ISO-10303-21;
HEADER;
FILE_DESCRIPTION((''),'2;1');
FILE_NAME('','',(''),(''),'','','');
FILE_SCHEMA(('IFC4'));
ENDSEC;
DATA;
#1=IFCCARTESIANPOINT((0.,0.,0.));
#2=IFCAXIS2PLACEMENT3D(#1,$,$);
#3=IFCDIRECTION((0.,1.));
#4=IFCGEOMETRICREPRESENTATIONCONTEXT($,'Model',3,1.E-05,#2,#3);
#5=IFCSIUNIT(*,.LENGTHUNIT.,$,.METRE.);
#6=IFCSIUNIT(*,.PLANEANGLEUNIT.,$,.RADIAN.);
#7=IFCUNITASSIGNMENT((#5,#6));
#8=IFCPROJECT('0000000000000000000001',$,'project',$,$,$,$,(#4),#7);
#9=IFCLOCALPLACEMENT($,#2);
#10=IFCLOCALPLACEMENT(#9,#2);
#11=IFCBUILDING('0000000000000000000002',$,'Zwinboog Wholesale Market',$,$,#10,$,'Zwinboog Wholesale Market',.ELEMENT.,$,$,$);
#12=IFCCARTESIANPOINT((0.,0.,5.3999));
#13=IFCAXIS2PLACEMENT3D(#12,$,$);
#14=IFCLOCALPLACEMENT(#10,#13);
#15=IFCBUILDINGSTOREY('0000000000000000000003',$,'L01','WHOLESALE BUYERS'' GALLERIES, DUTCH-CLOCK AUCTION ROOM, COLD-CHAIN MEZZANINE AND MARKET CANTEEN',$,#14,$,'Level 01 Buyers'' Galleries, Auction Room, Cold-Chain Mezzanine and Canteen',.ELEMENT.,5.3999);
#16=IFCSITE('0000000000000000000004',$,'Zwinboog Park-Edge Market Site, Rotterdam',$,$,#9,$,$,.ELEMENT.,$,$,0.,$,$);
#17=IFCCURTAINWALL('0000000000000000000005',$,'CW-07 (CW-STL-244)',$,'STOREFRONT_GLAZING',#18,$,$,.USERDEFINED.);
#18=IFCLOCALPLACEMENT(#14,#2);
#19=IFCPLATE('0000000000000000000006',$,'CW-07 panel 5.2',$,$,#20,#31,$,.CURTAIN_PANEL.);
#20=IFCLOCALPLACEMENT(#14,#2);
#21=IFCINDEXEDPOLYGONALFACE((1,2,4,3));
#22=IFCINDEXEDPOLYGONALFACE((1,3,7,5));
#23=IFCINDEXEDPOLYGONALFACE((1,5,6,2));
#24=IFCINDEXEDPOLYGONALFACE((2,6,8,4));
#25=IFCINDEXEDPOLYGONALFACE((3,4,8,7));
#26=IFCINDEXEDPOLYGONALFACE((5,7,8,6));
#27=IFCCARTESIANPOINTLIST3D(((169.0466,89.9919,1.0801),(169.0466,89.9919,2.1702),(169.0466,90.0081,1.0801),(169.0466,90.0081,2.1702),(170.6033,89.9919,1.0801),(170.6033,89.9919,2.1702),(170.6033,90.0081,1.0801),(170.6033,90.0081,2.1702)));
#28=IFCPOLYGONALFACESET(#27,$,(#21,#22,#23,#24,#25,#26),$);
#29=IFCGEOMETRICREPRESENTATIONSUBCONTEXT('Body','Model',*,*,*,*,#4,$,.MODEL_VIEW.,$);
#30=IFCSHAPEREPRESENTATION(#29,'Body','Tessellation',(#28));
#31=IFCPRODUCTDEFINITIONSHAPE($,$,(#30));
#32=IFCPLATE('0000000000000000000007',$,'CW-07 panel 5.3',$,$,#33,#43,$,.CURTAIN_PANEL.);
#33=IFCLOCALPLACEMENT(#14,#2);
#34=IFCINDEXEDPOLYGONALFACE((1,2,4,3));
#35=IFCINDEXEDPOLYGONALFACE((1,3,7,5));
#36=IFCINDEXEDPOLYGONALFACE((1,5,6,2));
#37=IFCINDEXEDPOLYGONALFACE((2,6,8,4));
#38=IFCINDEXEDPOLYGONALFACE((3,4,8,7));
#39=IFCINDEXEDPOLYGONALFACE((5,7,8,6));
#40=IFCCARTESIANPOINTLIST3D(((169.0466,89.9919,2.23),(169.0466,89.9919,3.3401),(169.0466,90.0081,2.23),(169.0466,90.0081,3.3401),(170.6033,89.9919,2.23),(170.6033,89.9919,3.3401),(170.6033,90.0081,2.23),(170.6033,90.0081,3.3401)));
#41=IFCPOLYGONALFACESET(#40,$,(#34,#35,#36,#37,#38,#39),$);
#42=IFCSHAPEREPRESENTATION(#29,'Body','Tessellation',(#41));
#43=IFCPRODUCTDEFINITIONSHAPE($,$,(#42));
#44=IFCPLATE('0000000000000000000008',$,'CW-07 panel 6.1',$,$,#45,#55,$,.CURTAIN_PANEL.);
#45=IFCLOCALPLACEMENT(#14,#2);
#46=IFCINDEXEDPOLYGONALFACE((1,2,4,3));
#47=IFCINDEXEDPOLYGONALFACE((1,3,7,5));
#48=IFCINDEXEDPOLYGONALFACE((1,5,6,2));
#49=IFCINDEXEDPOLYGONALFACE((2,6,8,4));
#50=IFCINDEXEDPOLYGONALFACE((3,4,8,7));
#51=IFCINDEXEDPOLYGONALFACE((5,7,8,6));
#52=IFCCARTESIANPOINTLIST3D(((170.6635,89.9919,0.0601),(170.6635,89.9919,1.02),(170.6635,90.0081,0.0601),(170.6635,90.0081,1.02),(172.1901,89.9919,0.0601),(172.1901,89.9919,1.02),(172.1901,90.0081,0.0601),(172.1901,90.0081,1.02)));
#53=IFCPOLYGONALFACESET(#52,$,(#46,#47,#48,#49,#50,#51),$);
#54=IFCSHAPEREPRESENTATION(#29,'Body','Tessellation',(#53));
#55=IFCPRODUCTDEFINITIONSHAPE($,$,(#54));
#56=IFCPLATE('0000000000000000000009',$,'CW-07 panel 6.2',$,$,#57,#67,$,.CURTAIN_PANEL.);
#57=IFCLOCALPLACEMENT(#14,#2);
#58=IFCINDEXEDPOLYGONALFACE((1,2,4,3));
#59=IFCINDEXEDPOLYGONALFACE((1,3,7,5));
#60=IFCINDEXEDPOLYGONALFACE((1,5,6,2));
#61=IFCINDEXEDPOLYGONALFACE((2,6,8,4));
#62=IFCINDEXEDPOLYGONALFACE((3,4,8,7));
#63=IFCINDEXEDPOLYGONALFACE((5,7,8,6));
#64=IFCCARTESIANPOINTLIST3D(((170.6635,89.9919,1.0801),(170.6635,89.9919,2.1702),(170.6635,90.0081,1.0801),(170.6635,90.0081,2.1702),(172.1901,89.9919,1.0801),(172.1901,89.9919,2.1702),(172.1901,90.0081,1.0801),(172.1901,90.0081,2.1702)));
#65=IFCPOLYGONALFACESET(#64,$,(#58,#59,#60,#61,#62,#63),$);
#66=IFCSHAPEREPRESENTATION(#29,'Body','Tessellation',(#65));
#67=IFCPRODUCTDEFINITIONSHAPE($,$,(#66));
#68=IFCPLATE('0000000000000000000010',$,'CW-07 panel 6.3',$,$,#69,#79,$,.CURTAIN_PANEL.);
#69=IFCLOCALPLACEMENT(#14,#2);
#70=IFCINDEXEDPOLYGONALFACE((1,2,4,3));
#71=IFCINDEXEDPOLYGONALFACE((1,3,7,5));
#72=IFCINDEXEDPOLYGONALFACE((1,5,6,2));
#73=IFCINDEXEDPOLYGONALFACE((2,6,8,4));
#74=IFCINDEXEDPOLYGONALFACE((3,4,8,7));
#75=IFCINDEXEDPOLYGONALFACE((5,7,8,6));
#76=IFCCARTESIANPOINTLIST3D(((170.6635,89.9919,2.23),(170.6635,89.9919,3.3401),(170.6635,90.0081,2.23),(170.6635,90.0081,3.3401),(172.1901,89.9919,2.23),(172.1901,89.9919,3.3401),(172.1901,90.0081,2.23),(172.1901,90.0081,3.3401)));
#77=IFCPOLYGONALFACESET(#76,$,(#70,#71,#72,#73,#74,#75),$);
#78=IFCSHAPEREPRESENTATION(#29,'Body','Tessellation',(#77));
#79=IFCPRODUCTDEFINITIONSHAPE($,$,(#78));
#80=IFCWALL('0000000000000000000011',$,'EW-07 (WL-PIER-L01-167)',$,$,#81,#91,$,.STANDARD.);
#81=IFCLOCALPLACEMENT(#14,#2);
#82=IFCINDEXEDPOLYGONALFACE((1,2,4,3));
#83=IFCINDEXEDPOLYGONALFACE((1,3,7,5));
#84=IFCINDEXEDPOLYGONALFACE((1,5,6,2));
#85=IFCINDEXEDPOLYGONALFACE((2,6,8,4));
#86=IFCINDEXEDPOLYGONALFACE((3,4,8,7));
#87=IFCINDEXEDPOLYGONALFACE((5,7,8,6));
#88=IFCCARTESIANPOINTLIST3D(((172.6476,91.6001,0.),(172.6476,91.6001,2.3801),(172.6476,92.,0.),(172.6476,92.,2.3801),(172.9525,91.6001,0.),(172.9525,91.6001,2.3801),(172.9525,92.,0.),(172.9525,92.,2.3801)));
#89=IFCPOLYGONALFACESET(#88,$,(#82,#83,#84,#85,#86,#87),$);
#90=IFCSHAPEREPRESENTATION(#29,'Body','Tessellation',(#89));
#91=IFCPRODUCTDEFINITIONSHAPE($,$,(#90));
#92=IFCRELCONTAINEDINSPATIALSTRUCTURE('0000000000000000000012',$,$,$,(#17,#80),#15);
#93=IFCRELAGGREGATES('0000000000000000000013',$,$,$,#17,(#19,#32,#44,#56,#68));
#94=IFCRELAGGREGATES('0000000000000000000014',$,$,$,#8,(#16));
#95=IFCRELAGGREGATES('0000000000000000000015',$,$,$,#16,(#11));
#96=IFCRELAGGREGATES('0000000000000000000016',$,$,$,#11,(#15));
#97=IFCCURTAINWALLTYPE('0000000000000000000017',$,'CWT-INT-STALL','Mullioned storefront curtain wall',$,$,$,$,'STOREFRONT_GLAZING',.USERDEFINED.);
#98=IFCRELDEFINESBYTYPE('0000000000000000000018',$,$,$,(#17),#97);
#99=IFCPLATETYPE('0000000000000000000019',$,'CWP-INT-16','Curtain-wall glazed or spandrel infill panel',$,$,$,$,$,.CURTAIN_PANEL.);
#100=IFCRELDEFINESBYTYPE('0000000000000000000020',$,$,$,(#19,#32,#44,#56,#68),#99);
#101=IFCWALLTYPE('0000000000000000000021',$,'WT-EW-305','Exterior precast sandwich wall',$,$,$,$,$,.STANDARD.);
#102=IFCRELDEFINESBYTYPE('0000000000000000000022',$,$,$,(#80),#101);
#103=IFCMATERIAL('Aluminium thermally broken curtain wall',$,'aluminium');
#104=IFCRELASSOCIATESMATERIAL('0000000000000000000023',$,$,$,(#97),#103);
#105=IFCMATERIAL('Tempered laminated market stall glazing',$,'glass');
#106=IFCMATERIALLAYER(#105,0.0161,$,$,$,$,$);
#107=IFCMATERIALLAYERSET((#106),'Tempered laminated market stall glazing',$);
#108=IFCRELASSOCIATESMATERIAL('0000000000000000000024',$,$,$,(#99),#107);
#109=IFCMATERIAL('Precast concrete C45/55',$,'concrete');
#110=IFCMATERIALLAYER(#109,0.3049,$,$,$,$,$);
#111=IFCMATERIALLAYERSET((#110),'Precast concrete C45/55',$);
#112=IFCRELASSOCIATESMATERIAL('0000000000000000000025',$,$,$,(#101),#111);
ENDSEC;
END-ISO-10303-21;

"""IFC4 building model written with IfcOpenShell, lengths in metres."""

from ifc_helpers import new_model, si_unit, direction, frame, frame_2d, origin, origin_2d, place, context, subcontext, project, spatial, rectangle, extrude, material, layer, layer_set, type_object, element, aggregate, save


model = new_model("IFC4")

# Units and contexts
model_context = context("Model", 3, precision=1e-05, world=origin(), true_north=direction((0.0, 1.0)))
body_context = subcontext(model_context, "Body", "Model", "MODEL_VIEW")
ifc_project = project(units=[si_unit("LENGTHUNIT", "METRE"), si_unit("PLANEANGLEUNIT", "RADIAN")], contexts=[model_context])

# Site, building, storey
site_placement = place(None, origin())
site = spatial("IfcSite", under=ifc_project, at=site_placement, Name="Zwinboog Park-Edge Market Site, Rotterdam", CompositionType="ELEMENT", RefElevation=0.0)
building_placement = place(site_placement, origin())
building = spatial("IfcBuilding", under=site, at=building_placement, Name="Zwinboog Wholesale Market", LongName="Zwinboog Wholesale Market", CompositionType="ELEMENT")
storey_placement = place(building_placement, frame((0.0, 0.0, 5.3999)))
storey = spatial("IfcBuildingStorey", under=building, at=storey_placement, Name="L01", Description="WHOLESALE BUYERS' GALLERIES, DUTCH-CLOCK AUCTION ROOM, COLD-CHAIN MEZZANINE AND MARKET CANTEEN", LongName="Level 01 Buyers' Galleries, Auction Room, Cold-Chain Mezzanine and Canteen", CompositionType="ELEMENT", Elevation=5.3999)

# Shared definitions
ifc_material_1 = material(Name="Aluminium thermally broken curtain wall", Category="aluminium")

# Curtain wall
curtain_wall_type_1 = type_object("IfcCurtainWallType", Name="CWT-INT-STALL", Description="Mullioned storefront curtain wall", ElementType="STOREFRONT_GLAZING", PredefinedType="USERDEFINED", material=ifc_material_1)
curtain_wall_1_placement = place(storey_placement, origin())
curtain_wall_1 = element("IfcCurtainWall", 1, at=curtain_wall_1_placement, inside=storey, type_object=curtain_wall_type_1, Name="CW-07 (CW-STL-244)", ObjectType="STOREFRONT_GLAZING", PredefinedType="USERDEFINED")

# Plates
ifc_material_2 = material(Name="Tempered laminated market stall glazing", Category="glass")
ifc_layer_1 = layer(ifc_material_2, 0.0161)
ifc_layer_set_1 = layer_set([ifc_layer_1], Name="Tempered laminated market stall glazing")
plate_type_1 = type_object("IfcPlateType", Name="CWP-INT-16", Description="Curtain-wall glazed or spandrel infill panel", PredefinedType="CURTAIN_PANEL", material=ifc_layer_set_1)
plate_1_placement = place(storey_placement, frame((169.825, 90.0, 1.0801), z_axis=(0.0, 0.0, 1.0), x_axis=(1.0, 0.0, 0.0)))
plate_1 = element("IfcPlate", 2, at=plate_1_placement, type_object=plate_type_1, Name="CW-07 panel 5.2", PredefinedType="CURTAIN_PANEL", context=body_context, shape_type="SweptSolid", body=[
    extrude(rectangle(XDim=1.5566, YDim=0.0161, at=origin_2d()), origin(), (0.0, 0.0, 1.0), 1.0901),
])
plate_2_placement = place(storey_placement, frame((169.825, 90.0, 2.23), z_axis=(0.0, 0.0, 1.0), x_axis=(1.0, 0.0, 0.0)))
plate_2 = element("IfcPlate", 3, at=plate_2_placement, type_object=plate_type_1, Name="CW-07 panel 5.3", PredefinedType="CURTAIN_PANEL", context=body_context, shape_type="SweptSolid", body=[
    extrude(rectangle(XDim=1.5566, YDim=0.0161, at=origin_2d()), origin(), (0.0, 0.0, 1.0), 1.1101),
])
plate_3_placement = place(storey_placement, frame((171.4268, 90.0, 0.0601), z_axis=(0.0, 0.0, 1.0), x_axis=(1.0, 0.0, 0.0)))
plate_3 = element("IfcPlate", 4, at=plate_3_placement, type_object=plate_type_1, Name="CW-07 panel 6.1", PredefinedType="CURTAIN_PANEL", context=body_context, shape_type="SweptSolid", body=[
    extrude(rectangle(XDim=1.5266, YDim=0.0161, at=origin_2d()), origin(), (0.0, 0.0, 1.0), 0.96),
])
plate_4_placement = place(storey_placement, frame((171.4268, 90.0, 1.0801), z_axis=(0.0, 0.0, 1.0), x_axis=(1.0, 0.0, 0.0)))
plate_4 = element("IfcPlate", 5, at=plate_4_placement, type_object=plate_type_1, Name="CW-07 panel 6.2", PredefinedType="CURTAIN_PANEL", context=body_context, shape_type="SweptSolid", body=[
    extrude(rectangle(XDim=1.5266, YDim=0.0161, at=origin_2d()), origin(), (0.0, 0.0, 1.0), 1.0901),
])
plate_5_placement = place(storey_placement, frame((171.4268, 90.0, 2.23), z_axis=(0.0, 0.0, 1.0), x_axis=(1.0, 0.0, 0.0)))
plate_5 = element("IfcPlate", 6, at=plate_5_placement, type_object=plate_type_1, Name="CW-07 panel 6.3", PredefinedType="CURTAIN_PANEL", context=body_context, shape_type="SweptSolid", body=[
    extrude(rectangle(XDim=1.5266, YDim=0.0161, at=origin_2d()), origin(), (0.0, 0.0, 1.0), 1.1101),
])
aggregate(curtain_wall_1, [plate_1, plate_2, plate_3, plate_4, plate_5])

# Wall
ifc_material_3 = material(Name="Precast concrete C45/55", Category="concrete")
ifc_layer_2 = layer(ifc_material_3, 0.3049)
ifc_layer_set_2 = layer_set([ifc_layer_2], Name="Precast concrete C45/55")
wall_type = type_object("IfcWallType", Name="WT-EW-305", Description="Exterior precast sandwich wall", PredefinedType="STANDARD", material=ifc_layer_set_2)
wall_placement = place(storey_placement, frame((172.8, 91.6001, 0.0), z_axis=(0.0, 0.0, 1.0), x_axis=(0.0, 1.0, 0.0)))
element("IfcWall", 7, at=wall_placement, inside=storey, type_object=wall_type, Name="EW-07 (WL-PIER-L01-167)", PredefinedType="STANDARD", context=body_context, shape_type="SweptSolid", body=[
    extrude(rectangle(XDim=0.3999, YDim=0.3049, at=frame_2d((0.2, 0.0))), origin(), (0.0, 0.0, 1.0), 2.3801),
])

save(model, "model.ifc")
